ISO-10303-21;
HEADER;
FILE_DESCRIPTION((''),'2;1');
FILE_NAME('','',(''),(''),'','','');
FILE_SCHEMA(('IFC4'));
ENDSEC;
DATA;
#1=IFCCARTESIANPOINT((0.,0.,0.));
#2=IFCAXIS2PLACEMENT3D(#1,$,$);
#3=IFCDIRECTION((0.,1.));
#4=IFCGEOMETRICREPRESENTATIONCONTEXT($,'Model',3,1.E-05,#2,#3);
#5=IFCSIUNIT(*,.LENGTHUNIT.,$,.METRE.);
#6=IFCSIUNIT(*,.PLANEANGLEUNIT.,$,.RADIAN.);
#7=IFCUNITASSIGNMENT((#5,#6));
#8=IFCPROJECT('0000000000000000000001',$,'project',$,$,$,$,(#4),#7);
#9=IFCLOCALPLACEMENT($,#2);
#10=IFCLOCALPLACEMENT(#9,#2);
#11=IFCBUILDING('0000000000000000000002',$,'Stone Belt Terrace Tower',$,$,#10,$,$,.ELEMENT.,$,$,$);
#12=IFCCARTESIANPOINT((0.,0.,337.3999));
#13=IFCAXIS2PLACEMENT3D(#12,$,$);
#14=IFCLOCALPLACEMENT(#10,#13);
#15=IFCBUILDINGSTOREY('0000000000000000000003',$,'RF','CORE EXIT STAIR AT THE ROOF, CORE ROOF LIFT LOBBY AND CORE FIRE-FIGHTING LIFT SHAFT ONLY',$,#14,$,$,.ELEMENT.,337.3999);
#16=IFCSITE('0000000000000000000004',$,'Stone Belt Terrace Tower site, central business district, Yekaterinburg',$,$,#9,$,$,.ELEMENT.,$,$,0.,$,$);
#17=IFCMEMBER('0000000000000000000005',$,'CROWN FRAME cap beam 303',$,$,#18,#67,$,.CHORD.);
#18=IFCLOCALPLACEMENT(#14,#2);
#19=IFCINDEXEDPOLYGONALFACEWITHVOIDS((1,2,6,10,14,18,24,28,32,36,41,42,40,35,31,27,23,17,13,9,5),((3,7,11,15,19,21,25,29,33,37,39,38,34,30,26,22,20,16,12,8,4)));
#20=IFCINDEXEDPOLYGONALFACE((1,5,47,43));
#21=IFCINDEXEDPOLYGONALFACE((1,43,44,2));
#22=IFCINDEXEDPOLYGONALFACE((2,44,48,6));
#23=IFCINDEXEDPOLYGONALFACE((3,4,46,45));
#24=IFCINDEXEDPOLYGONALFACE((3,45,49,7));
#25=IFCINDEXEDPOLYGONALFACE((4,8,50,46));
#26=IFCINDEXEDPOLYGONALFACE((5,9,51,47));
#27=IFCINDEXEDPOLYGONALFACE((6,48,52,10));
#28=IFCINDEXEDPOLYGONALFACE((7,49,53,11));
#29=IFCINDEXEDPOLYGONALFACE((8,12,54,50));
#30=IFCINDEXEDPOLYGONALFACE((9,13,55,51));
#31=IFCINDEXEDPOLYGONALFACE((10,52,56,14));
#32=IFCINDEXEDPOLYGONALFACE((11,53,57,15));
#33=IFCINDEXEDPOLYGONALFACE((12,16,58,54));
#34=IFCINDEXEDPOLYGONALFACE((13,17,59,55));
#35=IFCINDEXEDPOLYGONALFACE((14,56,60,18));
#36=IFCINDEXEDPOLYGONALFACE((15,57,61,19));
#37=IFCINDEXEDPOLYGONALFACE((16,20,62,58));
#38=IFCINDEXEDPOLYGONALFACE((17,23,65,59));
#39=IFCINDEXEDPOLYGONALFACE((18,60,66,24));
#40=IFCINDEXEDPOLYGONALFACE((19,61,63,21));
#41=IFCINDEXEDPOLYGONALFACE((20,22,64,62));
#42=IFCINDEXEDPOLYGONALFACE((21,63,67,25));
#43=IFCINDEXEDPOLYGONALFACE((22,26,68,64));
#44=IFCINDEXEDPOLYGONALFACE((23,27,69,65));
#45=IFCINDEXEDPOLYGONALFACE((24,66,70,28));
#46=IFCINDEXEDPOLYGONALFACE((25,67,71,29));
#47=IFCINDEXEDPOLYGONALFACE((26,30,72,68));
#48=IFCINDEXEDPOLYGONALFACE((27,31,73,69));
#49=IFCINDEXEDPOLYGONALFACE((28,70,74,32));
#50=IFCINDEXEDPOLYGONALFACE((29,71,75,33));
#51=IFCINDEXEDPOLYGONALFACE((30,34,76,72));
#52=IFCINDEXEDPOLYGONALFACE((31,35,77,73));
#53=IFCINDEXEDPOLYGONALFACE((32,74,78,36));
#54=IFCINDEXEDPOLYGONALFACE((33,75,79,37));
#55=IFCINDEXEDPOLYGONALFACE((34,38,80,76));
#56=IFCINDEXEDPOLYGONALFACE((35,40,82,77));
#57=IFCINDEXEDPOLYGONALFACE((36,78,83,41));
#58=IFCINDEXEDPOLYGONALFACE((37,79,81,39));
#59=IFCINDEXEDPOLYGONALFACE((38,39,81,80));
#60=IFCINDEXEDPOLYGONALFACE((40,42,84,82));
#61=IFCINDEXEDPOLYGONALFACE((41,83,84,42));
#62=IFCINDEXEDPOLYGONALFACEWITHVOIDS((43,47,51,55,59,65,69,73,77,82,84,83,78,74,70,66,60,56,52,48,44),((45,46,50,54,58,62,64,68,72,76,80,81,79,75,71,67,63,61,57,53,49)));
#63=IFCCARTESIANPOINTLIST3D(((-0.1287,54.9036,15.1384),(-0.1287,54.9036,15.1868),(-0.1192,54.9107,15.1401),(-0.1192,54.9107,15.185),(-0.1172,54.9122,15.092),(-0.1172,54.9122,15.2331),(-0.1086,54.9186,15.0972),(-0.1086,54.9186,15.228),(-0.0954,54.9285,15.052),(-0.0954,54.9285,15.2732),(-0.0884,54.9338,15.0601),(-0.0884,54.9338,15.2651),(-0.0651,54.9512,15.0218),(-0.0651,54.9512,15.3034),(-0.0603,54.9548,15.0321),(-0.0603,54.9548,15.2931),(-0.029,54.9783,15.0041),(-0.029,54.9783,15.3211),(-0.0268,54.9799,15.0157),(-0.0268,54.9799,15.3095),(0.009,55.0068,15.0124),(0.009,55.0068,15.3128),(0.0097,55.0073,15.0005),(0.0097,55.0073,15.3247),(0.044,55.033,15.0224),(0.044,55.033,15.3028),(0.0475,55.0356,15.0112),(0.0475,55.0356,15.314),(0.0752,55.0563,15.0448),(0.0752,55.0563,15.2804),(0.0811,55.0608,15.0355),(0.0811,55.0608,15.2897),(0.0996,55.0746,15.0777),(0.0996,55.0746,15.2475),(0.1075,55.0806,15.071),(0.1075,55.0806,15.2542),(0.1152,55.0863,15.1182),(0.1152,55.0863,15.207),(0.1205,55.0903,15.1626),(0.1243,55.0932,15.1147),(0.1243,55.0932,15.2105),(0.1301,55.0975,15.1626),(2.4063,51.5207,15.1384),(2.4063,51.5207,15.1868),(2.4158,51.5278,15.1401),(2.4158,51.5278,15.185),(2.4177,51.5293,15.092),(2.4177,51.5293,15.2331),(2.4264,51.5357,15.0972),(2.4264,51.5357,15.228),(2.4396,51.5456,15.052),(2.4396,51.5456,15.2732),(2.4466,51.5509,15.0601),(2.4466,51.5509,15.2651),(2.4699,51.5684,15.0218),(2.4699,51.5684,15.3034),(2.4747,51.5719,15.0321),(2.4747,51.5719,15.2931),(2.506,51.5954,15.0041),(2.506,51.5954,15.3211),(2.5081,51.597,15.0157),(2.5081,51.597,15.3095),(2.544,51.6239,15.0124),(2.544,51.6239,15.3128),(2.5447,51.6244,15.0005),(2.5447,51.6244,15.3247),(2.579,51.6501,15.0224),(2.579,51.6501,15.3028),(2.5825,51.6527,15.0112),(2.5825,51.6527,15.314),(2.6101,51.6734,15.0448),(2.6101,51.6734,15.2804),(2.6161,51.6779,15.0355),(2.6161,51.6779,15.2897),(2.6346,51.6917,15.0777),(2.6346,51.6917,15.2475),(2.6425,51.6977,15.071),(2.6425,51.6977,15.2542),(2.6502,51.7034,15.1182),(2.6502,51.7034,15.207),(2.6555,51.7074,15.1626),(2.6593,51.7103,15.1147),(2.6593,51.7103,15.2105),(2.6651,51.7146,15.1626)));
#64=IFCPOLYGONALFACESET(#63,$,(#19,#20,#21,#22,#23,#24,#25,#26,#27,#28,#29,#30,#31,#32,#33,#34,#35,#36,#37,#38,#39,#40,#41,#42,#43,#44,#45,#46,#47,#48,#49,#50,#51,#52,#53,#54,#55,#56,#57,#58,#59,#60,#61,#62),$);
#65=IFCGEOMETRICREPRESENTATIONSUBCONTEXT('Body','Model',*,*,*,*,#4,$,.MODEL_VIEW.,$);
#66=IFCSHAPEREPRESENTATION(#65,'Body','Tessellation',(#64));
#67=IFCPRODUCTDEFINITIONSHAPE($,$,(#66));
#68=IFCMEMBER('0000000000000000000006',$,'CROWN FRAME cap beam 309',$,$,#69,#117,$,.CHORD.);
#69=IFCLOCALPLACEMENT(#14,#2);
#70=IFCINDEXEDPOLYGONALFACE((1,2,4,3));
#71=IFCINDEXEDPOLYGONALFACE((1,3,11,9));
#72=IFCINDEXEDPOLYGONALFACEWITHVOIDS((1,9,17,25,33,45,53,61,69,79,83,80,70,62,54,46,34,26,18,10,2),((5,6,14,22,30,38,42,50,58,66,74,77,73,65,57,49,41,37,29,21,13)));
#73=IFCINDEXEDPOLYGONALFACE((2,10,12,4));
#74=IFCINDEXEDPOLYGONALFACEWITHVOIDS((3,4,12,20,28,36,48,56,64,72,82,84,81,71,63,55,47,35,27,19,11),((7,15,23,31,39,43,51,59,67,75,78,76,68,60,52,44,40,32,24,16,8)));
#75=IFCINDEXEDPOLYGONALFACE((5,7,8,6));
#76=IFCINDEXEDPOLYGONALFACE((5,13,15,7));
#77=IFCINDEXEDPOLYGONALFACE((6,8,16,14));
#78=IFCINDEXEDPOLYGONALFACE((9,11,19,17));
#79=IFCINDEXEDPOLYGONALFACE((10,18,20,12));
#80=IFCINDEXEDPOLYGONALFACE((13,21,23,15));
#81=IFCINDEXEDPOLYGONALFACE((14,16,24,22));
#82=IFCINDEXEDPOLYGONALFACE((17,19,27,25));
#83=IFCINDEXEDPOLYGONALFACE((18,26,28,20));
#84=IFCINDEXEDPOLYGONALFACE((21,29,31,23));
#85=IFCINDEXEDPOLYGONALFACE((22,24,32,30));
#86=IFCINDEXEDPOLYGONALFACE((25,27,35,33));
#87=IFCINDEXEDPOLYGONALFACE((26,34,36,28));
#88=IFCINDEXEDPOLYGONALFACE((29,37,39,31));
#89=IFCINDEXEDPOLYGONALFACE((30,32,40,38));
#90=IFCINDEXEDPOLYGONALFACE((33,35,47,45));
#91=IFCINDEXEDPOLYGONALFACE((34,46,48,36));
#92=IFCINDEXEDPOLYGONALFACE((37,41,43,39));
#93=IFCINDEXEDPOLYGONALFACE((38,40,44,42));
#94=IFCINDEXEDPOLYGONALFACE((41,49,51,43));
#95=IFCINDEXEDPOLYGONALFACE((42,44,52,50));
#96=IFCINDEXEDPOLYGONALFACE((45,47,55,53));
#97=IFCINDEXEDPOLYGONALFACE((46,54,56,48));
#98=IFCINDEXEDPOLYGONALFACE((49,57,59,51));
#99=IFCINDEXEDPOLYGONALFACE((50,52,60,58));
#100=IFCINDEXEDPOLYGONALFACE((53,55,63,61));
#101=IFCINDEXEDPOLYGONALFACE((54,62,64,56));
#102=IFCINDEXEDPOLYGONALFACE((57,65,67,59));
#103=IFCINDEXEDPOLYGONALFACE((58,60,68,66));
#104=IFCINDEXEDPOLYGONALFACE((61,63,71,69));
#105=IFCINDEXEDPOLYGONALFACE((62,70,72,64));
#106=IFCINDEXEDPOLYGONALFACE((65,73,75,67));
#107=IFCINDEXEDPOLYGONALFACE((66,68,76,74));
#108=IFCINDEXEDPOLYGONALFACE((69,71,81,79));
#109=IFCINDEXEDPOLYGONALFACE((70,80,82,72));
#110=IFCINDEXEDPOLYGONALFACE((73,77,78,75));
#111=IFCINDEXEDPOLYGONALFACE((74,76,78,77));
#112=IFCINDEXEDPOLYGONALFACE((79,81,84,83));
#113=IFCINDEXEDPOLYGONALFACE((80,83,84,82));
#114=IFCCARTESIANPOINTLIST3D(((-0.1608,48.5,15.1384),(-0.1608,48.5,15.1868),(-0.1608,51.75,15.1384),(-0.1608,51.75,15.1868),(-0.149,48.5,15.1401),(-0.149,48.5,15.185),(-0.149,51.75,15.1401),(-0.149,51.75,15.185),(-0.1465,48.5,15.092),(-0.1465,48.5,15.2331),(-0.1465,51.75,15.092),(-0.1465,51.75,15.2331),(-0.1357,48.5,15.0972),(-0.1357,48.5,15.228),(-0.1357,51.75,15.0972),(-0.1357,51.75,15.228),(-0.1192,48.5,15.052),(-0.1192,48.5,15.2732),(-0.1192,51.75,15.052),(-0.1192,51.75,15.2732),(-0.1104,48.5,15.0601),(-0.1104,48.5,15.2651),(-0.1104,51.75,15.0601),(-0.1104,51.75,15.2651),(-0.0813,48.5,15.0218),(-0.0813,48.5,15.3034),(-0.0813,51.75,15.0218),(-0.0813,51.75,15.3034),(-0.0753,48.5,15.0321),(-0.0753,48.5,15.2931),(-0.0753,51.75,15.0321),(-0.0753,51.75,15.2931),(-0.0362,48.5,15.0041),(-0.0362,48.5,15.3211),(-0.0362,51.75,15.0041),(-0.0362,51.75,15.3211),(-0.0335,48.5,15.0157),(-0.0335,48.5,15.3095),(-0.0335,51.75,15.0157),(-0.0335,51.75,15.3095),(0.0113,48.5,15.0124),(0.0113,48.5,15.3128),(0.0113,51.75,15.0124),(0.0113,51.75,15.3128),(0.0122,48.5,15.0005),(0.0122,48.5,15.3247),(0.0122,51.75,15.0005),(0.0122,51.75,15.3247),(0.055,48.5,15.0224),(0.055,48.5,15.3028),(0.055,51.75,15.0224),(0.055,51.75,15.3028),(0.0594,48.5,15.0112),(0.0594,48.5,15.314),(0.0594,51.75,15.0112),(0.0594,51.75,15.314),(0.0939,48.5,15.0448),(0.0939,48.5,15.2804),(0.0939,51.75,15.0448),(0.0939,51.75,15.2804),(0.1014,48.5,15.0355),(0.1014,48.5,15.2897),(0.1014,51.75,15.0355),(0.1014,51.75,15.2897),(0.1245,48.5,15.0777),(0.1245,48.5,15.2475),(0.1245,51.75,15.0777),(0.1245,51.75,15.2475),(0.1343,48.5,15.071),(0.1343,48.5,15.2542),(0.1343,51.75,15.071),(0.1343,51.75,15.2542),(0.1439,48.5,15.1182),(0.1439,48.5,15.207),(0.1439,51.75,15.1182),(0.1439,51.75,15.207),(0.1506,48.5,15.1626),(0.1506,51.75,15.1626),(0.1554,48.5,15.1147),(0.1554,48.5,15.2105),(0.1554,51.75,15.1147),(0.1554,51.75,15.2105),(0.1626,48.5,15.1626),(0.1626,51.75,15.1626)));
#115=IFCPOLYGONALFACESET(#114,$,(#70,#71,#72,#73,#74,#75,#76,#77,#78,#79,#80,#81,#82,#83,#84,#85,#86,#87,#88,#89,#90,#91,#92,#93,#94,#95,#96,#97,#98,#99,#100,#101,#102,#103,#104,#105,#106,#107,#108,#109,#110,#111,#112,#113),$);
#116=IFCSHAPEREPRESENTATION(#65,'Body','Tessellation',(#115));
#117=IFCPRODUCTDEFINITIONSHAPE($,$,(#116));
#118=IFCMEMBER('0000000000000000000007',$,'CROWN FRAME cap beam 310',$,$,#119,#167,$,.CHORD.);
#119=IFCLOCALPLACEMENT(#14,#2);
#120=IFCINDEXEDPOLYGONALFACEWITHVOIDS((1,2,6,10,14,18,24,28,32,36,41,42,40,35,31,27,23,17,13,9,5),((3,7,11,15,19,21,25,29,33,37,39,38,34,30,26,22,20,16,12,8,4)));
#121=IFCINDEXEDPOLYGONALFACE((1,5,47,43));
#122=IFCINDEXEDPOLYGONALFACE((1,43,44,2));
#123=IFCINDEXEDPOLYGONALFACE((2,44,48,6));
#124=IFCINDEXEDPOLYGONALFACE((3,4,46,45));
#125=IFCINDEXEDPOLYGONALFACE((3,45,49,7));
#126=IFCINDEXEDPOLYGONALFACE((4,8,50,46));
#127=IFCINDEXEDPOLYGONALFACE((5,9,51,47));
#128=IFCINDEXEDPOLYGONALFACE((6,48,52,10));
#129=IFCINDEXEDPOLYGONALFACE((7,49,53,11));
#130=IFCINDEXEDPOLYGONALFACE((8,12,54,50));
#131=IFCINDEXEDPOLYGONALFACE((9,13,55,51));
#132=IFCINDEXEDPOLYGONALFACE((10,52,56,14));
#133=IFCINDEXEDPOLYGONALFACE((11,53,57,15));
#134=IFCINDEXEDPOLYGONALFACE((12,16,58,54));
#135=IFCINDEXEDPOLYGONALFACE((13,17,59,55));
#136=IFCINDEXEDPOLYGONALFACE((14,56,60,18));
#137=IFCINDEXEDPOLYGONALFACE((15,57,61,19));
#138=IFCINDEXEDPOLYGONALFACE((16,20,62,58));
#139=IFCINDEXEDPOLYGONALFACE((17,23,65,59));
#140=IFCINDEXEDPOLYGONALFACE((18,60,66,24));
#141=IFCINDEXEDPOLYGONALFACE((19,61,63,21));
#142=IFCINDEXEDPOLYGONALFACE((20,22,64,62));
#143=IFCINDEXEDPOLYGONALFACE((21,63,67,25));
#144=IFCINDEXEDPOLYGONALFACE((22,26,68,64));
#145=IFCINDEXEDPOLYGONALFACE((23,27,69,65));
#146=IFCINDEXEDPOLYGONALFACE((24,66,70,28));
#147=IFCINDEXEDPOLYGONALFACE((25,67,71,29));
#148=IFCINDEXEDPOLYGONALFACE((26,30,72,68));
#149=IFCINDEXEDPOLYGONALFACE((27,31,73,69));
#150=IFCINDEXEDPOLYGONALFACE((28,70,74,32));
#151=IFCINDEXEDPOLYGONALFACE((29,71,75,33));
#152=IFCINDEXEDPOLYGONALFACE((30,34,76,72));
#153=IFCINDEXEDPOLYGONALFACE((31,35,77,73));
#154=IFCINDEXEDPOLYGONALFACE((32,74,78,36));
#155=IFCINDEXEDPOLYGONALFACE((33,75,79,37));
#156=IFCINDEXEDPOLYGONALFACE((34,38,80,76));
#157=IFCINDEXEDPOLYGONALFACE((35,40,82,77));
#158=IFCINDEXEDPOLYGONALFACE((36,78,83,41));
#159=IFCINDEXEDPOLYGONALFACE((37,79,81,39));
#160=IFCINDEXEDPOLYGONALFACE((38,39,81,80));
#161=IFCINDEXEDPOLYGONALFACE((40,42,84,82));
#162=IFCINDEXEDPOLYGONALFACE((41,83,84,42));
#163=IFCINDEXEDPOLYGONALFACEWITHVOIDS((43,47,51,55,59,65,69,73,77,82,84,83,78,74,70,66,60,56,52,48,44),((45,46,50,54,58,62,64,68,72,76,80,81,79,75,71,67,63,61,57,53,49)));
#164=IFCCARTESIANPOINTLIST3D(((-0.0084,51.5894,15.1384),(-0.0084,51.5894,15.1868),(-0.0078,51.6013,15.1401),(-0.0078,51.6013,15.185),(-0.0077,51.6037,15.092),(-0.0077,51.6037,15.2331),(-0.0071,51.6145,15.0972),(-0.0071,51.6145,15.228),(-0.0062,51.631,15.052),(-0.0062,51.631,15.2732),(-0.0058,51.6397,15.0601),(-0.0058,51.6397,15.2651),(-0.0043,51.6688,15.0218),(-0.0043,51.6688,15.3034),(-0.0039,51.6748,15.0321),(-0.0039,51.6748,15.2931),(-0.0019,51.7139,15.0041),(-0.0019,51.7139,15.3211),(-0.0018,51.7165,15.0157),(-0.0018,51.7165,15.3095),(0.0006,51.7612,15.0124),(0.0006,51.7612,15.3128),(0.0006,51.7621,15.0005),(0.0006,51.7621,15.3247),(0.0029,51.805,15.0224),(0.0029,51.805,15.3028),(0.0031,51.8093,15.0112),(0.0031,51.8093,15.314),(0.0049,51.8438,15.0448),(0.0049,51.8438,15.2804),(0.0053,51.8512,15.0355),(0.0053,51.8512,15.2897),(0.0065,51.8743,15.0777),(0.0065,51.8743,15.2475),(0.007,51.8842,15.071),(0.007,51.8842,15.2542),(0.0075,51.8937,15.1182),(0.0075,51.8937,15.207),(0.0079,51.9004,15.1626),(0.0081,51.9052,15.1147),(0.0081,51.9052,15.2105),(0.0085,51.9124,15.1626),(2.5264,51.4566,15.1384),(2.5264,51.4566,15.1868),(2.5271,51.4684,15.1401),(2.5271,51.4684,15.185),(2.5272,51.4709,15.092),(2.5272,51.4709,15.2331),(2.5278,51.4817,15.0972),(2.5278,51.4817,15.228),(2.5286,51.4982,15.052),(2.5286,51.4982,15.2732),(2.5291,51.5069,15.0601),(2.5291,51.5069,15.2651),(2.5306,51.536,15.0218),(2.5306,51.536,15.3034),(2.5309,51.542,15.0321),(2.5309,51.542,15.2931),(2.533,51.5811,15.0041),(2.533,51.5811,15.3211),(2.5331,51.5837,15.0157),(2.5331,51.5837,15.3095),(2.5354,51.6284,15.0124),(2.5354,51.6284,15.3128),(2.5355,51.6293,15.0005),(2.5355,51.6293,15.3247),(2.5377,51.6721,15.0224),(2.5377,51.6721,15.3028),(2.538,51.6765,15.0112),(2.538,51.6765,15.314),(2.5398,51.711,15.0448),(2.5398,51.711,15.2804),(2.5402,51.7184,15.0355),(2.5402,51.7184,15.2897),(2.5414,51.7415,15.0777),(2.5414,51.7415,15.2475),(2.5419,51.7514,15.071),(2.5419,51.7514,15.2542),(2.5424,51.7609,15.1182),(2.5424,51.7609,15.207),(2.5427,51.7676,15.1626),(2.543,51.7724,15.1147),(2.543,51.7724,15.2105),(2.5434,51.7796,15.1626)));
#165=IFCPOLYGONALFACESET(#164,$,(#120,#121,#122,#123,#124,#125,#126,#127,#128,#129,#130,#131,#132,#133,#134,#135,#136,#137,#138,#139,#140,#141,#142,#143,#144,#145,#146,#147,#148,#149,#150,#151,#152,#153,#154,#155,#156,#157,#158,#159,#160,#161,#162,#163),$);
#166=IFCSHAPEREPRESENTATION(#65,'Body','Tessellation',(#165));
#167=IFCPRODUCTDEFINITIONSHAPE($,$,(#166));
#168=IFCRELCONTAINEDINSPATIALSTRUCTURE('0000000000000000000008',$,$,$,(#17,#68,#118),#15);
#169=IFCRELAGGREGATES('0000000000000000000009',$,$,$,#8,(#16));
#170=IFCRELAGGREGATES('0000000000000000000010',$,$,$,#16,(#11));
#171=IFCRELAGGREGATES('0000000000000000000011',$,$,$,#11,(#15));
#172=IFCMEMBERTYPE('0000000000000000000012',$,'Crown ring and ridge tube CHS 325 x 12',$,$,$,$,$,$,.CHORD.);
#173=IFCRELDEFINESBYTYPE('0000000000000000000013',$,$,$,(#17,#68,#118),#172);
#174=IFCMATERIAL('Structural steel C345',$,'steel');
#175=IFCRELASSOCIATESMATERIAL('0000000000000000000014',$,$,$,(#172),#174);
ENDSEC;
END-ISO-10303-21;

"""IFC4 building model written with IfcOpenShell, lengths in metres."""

from ifc_helpers import new_model, si_unit, direction, frame, origin, origin_2d, place, context, subcontext, project, spatial, hollow_circle, extrude, material, material_profile, profile_set, type_object, element, save


model = new_model("IFC4")

# Units and contexts
model_context = context("Model", 3, precision=1e-05, world=origin(), true_north=direction((0.0, 1.0)))
body_context = subcontext(model_context, "Body", "Model", "MODEL_VIEW")
ifc_project = project(units=[si_unit("LENGTHUNIT", "METRE"), si_unit("PLANEANGLEUNIT", "RADIAN")], contexts=[model_context])

# Site, building, storey
site_placement = place(None, origin())
site = spatial("IfcSite", under=ifc_project, at=site_placement, Name="Stone Belt Terrace Tower site, central business district, Yekaterinburg", CompositionType="ELEMENT", RefElevation=0.0)
building_placement = place(site_placement, origin())
building = spatial("IfcBuilding", under=site, at=building_placement, Name="Stone Belt Terrace Tower", CompositionType="ELEMENT")
storey_placement = place(building_placement, frame((0.0, 0.0, 337.3999)))
storey = spatial("IfcBuildingStorey", under=building, at=storey_placement, Name="RF", Description="CORE EXIT STAIR AT THE ROOF, CORE ROOF LIFT LOBBY AND CORE FIRE-FIGHTING LIFT SHAFT ONLY", CompositionType="ELEMENT", Elevation=337.3999)

# Members
ifc_material_1 = material(Name="Structural steel C345", Category="steel")
ifc_material_profile_1 = material_profile(ifc_material_1, hollow_circle(Radius=0.1626, WallThickness=0.012, at=origin_2d()), Name="Structural steel C345 CHS 325x12")
ifc_profile_set_1 = profile_set([ifc_material_profile_1], Name="Structural steel C345")
member_type_1 = type_object("IfcMemberType", Name="Crown ring and ridge tube CHS 325 x 12", PredefinedType="CHORD", material=ifc_profile_set_1)
member_1_placement = place(storey_placement, frame((0.0, 55.0, 15.1626), z_axis=(0.599667, -0.800249, 0.0), x_axis=(0.800249, 0.599667, 0.0)))
element("IfcMember", 1, at=member_1_placement, inside=storey, type_object=member_type_1, Name="CROWN FRAME cap beam 303", PredefinedType="CHORD", context=body_context, shape_type="SweptSolid", body=[
    extrude(hollow_circle(Radius=0.1626, WallThickness=0.012, at=origin_2d()), origin(), (0.0, 0.0, 1.0), 4.2273),
])
member_2_placement = place(storey_placement, frame((0.0, 51.75, 15.1626), z_axis=(0.0, -1.0, 0.0), x_axis=(1.0, 0.0, 0.0)))
element("IfcMember", 2, at=member_2_placement, inside=storey, type_object=member_type_1, Name="CROWN FRAME cap beam 309", PredefinedType="CHORD", context=body_context, shape_type="SweptSolid", body=[
    extrude(hollow_circle(Radius=0.1626, WallThickness=0.012, at=origin_2d()), origin(), (0.0, 0.0, 1.0), 3.25),
])
member_3_placement = place(storey_placement, frame((0.0, 51.75, 15.1626), z_axis=(0.99863, -0.052322, 0.0), x_axis=(0.052322, 0.99863, 0.0)))
element("IfcMember", 3, at=member_3_placement, inside=storey, type_object=member_type_1, Name="CROWN FRAME cap beam 310", PredefinedType="CHORD", context=body_context, shape_type="SweptSolid", body=[
    extrude(hollow_circle(Radius=0.1626, WallThickness=0.012, at=origin_2d()), origin(), (0.0, 0.0, 1.0), 2.5383),
])

save(model, "model.ifc")
